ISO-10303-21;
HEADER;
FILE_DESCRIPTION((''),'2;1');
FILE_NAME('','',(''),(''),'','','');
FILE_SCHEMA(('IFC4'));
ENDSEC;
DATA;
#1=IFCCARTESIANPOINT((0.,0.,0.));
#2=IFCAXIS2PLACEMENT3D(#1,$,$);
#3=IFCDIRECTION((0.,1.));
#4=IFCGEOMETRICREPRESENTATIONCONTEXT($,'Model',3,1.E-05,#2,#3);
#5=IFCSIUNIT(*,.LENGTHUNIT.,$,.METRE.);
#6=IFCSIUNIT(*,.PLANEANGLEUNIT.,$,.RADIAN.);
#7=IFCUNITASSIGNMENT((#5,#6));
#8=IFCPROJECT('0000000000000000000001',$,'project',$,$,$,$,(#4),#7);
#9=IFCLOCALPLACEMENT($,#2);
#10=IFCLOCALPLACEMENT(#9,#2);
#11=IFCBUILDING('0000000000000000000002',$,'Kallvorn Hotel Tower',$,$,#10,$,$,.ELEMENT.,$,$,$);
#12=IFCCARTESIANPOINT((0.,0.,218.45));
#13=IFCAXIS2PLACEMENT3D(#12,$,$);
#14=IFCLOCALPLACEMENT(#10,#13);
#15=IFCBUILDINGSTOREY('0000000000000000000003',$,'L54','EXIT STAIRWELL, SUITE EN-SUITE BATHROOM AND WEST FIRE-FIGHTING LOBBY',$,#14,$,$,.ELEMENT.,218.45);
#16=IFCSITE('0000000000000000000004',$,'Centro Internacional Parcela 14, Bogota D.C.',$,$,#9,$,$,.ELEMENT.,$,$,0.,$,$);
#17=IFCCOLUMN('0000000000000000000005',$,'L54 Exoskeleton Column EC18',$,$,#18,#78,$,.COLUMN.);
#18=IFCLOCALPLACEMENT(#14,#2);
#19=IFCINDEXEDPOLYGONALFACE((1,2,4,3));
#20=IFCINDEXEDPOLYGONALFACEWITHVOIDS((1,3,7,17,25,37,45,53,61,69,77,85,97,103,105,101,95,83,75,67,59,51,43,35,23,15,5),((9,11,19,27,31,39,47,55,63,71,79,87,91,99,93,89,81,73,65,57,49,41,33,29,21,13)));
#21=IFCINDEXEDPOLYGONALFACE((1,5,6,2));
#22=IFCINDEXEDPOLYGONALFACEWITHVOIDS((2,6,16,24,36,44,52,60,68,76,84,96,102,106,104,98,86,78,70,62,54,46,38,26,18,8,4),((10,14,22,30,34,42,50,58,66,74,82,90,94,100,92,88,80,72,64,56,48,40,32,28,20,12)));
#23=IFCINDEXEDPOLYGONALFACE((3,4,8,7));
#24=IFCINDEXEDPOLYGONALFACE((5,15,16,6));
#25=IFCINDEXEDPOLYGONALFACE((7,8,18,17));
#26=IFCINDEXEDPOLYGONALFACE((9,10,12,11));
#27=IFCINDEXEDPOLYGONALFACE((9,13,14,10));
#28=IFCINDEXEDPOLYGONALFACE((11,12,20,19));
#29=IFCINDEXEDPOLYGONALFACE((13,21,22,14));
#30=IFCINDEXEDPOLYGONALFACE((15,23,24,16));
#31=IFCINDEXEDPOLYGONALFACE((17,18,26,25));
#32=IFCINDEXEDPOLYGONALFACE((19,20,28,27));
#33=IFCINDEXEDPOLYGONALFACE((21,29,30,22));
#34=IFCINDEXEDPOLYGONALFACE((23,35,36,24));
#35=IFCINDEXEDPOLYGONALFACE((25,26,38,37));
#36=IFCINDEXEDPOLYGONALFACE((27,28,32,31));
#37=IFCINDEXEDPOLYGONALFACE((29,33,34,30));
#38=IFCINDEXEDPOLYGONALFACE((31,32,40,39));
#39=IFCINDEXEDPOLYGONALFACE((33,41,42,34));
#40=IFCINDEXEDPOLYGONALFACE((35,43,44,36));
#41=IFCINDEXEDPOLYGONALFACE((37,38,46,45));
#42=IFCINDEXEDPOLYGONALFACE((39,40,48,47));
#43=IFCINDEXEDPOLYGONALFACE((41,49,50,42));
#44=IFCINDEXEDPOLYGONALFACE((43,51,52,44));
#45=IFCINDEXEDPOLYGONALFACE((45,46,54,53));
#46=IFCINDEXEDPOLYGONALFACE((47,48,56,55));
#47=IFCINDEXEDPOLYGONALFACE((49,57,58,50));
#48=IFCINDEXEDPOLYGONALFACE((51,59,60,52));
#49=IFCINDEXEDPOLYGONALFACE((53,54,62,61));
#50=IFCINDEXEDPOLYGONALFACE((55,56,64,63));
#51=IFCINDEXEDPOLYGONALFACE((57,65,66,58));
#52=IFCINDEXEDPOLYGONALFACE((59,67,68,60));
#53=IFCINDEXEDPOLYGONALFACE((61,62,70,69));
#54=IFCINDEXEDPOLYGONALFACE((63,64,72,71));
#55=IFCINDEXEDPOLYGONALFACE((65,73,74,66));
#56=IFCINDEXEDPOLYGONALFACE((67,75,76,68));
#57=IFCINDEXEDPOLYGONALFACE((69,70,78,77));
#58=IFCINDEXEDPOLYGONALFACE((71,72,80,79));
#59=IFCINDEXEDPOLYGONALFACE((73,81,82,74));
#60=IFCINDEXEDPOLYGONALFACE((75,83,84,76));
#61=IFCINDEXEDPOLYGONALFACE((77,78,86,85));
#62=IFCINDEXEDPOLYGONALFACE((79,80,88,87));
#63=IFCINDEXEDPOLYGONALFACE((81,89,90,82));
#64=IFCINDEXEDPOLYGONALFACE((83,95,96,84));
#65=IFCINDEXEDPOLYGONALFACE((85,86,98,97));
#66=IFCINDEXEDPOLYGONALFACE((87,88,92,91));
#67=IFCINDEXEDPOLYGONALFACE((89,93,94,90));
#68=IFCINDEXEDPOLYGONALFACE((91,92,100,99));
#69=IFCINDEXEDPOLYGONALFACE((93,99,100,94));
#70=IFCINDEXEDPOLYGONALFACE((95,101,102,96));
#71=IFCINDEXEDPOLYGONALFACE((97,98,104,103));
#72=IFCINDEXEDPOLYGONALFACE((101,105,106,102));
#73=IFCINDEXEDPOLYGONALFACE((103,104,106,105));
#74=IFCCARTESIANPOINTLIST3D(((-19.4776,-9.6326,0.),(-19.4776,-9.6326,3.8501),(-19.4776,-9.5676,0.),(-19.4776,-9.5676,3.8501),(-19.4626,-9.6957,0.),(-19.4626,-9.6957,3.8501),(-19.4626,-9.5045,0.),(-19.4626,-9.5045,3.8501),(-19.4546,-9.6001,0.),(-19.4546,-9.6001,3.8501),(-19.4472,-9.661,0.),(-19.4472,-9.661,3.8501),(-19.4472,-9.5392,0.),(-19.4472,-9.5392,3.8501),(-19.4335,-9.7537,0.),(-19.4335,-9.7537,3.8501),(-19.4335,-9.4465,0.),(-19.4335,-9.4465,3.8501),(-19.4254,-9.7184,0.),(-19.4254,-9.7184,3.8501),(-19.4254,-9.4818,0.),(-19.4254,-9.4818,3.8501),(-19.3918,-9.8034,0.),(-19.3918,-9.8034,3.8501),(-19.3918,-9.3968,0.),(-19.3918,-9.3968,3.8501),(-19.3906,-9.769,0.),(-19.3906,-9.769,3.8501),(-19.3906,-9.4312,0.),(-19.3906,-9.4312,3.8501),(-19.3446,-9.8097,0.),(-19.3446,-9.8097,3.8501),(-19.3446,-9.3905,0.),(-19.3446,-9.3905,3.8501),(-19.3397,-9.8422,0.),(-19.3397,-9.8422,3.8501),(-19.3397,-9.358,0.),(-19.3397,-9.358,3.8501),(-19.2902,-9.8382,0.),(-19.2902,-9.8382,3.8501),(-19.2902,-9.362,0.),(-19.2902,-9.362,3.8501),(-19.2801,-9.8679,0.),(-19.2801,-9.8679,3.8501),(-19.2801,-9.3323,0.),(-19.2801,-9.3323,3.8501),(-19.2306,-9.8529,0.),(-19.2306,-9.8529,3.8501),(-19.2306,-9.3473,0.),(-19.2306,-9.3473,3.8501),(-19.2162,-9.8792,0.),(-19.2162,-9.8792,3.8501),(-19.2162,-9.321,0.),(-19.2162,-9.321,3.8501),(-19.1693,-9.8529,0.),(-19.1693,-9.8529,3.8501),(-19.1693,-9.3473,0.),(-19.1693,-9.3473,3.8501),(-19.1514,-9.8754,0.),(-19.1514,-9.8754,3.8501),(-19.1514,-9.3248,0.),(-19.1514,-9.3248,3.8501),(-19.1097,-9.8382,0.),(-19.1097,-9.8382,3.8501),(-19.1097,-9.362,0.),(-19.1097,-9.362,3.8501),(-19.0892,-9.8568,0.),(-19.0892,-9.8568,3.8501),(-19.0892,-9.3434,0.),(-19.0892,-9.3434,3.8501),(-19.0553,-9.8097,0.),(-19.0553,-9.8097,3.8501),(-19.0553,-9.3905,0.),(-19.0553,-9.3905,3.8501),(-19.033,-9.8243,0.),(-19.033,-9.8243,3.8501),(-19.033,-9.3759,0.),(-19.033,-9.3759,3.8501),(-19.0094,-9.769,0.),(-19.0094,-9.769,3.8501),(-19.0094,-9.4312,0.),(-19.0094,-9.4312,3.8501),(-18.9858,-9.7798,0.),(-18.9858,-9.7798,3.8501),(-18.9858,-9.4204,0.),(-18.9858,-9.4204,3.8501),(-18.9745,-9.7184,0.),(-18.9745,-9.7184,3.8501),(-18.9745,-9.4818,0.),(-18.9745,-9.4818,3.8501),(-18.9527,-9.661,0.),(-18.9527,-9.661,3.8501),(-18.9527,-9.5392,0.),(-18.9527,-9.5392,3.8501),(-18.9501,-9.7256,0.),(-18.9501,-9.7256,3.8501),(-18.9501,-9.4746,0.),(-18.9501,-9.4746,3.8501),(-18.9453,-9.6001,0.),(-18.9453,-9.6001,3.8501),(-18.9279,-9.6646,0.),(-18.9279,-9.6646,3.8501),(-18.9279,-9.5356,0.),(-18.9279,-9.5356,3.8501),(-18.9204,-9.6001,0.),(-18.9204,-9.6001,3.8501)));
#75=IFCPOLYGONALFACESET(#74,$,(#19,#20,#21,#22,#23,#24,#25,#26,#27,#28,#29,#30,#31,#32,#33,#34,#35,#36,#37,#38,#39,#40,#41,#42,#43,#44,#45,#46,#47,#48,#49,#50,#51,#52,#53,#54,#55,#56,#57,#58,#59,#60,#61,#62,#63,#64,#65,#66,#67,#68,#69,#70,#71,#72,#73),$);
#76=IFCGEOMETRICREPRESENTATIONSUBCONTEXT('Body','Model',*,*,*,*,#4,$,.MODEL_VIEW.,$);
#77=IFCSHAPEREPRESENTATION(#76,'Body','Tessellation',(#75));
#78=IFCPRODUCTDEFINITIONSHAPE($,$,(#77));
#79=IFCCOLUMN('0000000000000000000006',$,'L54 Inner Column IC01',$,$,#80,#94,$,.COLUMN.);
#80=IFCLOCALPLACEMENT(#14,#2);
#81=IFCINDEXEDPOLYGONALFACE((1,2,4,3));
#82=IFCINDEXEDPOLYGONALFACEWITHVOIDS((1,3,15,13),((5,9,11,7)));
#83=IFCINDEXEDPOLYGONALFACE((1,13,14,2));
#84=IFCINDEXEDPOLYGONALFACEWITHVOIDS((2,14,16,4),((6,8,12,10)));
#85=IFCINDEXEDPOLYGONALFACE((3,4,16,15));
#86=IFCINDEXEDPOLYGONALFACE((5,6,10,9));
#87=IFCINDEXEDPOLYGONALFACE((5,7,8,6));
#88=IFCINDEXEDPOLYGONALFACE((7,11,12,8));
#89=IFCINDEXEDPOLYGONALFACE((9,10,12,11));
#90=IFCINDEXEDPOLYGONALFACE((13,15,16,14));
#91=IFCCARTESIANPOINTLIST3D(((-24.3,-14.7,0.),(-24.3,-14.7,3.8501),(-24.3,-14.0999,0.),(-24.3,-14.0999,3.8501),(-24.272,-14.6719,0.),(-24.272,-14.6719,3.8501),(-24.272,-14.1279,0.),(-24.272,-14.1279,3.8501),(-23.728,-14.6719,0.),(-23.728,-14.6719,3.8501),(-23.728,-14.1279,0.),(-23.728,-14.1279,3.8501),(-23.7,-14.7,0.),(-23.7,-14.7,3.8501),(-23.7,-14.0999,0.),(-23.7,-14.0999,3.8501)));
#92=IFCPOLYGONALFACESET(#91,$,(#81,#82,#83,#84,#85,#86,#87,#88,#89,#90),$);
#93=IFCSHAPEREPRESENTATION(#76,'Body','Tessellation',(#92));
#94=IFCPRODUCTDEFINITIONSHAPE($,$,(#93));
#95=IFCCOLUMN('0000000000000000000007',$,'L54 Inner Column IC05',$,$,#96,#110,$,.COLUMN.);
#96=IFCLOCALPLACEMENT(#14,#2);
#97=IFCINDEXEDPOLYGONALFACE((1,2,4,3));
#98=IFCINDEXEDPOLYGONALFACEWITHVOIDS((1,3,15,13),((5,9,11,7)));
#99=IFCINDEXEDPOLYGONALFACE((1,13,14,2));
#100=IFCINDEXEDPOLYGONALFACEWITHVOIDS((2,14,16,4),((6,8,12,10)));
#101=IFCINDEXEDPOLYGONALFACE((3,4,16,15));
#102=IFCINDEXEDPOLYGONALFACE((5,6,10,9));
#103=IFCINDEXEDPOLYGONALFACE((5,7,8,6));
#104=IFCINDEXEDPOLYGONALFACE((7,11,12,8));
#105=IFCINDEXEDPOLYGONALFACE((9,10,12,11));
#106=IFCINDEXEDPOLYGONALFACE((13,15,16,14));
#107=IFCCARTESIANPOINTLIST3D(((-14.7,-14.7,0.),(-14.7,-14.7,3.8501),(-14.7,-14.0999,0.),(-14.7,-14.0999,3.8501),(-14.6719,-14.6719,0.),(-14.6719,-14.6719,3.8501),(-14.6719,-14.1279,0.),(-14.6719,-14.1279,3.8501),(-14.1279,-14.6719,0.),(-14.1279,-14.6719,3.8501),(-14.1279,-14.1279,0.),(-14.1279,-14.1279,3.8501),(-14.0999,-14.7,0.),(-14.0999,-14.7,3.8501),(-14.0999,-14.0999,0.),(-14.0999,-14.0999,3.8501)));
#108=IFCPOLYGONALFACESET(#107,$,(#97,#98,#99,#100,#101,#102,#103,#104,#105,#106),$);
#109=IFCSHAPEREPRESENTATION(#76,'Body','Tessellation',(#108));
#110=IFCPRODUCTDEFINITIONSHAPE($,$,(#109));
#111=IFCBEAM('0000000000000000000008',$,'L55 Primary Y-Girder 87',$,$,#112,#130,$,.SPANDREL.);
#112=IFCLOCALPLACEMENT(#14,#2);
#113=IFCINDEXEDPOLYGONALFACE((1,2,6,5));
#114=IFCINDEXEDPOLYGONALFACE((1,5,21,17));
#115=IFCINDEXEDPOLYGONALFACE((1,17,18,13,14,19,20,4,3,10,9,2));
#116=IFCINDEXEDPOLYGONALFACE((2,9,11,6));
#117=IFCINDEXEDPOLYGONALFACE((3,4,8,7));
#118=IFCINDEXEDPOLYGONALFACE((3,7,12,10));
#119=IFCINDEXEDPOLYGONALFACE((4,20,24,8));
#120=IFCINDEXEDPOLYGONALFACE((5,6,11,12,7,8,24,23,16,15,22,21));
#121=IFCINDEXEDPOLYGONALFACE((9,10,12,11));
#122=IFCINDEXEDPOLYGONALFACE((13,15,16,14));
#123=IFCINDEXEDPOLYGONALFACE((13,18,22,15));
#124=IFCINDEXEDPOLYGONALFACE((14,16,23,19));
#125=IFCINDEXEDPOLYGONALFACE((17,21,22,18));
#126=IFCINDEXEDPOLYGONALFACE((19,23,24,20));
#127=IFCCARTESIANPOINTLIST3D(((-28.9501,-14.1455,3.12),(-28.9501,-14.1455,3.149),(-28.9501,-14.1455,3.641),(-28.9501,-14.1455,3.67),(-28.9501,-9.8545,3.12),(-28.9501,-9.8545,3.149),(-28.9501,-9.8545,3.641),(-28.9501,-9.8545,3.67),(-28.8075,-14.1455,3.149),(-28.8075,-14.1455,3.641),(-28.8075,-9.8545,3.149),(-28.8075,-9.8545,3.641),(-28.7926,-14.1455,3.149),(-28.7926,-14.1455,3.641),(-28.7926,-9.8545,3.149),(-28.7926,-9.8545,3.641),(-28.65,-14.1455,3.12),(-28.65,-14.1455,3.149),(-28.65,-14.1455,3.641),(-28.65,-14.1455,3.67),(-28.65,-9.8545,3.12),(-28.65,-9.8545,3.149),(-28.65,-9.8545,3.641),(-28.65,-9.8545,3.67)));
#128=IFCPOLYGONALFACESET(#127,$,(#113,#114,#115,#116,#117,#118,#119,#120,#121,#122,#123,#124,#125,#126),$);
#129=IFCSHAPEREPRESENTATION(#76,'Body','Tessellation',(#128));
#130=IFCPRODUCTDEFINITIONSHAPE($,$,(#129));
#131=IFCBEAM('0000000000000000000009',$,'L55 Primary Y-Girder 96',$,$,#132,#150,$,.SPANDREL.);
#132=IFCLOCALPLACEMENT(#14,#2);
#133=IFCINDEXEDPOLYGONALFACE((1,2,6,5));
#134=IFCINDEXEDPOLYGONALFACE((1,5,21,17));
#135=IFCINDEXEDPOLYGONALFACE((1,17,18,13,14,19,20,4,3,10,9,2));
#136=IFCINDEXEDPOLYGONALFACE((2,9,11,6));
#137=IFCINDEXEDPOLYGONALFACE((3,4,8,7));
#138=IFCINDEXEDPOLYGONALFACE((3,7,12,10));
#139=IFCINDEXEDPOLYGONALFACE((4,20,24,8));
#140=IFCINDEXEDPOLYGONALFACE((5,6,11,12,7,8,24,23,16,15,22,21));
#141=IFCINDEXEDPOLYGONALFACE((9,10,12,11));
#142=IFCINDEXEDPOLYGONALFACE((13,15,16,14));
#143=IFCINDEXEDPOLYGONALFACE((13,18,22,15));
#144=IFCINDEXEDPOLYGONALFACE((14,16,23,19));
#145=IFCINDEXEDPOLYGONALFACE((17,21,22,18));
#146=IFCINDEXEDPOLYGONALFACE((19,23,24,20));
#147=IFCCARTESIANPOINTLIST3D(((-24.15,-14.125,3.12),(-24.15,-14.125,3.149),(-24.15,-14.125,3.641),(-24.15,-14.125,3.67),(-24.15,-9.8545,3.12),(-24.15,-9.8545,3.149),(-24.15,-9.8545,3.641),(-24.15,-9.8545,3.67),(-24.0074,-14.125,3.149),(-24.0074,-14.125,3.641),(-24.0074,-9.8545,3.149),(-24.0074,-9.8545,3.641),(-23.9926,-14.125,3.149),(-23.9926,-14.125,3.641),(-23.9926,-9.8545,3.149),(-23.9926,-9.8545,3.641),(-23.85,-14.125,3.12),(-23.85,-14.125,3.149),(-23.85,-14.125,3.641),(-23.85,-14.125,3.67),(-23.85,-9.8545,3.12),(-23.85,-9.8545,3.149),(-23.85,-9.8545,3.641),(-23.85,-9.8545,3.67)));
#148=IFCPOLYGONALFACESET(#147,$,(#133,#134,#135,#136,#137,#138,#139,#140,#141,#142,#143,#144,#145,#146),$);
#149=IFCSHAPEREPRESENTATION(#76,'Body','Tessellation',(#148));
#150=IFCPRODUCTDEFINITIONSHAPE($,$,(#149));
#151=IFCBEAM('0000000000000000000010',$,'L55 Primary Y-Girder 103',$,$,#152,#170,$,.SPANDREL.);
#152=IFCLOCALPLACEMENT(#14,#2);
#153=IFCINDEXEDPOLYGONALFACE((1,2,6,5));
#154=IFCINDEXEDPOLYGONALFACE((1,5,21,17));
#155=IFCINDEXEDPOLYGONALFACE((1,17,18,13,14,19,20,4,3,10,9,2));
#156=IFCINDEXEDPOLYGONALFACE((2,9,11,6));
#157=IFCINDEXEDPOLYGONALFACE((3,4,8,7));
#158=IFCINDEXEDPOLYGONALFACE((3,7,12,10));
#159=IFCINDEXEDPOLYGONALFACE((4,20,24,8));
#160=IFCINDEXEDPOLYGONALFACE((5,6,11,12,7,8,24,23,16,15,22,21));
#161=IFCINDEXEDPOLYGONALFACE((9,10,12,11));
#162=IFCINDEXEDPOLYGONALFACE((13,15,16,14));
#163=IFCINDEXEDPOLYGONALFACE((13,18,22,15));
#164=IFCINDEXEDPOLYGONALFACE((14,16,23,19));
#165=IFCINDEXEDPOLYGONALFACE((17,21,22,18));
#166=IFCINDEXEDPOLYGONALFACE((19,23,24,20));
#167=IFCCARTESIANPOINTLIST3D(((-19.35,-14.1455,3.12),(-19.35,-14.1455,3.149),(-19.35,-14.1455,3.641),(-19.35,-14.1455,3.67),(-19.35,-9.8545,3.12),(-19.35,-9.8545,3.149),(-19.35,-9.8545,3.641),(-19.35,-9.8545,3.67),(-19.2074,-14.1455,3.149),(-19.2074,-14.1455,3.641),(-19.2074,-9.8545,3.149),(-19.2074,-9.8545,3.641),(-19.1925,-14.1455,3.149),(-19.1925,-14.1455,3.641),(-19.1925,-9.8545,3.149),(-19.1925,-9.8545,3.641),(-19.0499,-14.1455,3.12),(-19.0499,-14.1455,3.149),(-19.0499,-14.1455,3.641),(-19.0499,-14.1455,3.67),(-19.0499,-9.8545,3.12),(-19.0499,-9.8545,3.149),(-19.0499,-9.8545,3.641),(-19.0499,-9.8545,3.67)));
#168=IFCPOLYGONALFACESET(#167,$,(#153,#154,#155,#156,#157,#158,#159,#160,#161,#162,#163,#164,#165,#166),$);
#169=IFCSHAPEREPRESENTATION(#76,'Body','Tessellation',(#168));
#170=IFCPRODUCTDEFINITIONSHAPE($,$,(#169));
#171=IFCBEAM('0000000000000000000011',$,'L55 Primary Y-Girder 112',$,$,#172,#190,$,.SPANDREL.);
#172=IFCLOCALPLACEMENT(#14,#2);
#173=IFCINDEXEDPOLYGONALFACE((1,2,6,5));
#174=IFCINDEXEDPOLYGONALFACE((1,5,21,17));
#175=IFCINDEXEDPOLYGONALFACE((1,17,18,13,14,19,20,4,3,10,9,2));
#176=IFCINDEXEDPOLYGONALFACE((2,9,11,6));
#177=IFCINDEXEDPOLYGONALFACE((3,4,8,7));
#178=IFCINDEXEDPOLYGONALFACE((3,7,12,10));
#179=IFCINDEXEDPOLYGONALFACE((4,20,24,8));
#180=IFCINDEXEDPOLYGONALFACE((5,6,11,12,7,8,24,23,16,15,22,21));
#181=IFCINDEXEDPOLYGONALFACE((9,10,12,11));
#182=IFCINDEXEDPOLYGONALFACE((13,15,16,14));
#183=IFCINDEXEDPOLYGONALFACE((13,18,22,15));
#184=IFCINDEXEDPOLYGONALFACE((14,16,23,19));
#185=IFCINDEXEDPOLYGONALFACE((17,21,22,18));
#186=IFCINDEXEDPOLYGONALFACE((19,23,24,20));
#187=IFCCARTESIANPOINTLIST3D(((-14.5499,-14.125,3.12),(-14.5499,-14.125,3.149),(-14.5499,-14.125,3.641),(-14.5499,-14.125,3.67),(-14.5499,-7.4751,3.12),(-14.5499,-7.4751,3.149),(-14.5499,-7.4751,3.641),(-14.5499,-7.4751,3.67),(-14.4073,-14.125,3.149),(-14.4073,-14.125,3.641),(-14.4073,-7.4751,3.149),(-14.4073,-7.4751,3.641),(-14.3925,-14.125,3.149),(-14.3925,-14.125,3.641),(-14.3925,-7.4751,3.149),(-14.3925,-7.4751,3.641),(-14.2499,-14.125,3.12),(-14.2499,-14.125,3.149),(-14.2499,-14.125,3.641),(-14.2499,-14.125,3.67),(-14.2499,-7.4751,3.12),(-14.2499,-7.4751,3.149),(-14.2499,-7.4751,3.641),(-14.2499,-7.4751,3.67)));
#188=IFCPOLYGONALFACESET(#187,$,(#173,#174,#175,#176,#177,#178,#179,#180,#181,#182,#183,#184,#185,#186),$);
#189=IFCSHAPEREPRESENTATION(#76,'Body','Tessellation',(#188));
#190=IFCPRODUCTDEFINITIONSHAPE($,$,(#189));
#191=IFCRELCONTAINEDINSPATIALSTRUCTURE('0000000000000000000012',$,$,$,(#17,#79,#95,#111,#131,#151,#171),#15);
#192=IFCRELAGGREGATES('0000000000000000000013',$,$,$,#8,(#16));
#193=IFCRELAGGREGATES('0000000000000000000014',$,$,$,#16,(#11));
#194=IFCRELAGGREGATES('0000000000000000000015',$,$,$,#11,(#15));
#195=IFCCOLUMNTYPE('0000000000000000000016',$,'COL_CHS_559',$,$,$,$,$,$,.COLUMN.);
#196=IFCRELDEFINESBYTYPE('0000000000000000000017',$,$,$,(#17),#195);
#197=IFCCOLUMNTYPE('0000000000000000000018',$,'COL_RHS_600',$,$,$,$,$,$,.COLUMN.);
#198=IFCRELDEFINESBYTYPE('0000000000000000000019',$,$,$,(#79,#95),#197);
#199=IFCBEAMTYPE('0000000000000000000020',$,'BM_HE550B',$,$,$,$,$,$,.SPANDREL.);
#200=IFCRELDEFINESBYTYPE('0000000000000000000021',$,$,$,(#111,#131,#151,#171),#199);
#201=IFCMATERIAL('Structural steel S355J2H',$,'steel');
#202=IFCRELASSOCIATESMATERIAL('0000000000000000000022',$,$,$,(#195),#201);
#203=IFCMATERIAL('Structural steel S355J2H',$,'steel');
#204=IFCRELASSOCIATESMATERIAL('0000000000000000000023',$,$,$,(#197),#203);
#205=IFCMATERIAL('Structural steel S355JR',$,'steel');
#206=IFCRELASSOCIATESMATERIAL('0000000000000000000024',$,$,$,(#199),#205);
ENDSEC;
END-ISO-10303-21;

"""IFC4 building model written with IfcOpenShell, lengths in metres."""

from ifc_helpers import new_model, si_unit, direction, frame, origin, origin_2d, place, context, subcontext, project, spatial, hollow_rectangle, hollow_circle, i_section, extrude, material, material_profile, profile_set, type_object, element, save


model = new_model("IFC4")

# Units and contexts
model_context = context("Model", 3, precision=1e-05, world=origin(), true_north=direction((0.0, 1.0)))
body_context = subcontext(model_context, "Body", "Model", "MODEL_VIEW")
ifc_project = project(units=[si_unit("LENGTHUNIT", "METRE"), si_unit("PLANEANGLEUNIT", "RADIAN")], contexts=[model_context])

# Site, building, storey
site_placement = place(None, origin())
site = spatial("IfcSite", under=ifc_project, at=site_placement, Name="Centro Internacional Parcela 14, Bogota D.C.", CompositionType="ELEMENT", RefElevation=0.0)
building_placement = place(site_placement, origin())
building = spatial("IfcBuilding", under=site, at=building_placement, Name="Kallvorn Hotel Tower", CompositionType="ELEMENT")
storey_placement = place(building_placement, frame((0.0, 0.0, 218.45)))
storey = spatial("IfcBuildingStorey", under=building, at=storey_placement, Name="L54", Description="EXIT STAIRWELL, SUITE EN-SUITE BATHROOM AND WEST FIRE-FIGHTING LOBBY", CompositionType="ELEMENT", Elevation=218.45)

# Columns
ifc_material_1 = material(Name="Structural steel S355J2H", Category="steel")
ifc_material_profile_1 = material_profile(ifc_material_1, hollow_circle(Radius=0.2795, WallThickness=0.0249, at=origin_2d()), Name="CHS 559x25")
ifc_profile_set_1 = profile_set([ifc_material_profile_1], Name="Structural steel S355J2H")
column_type_1 = type_object("IfcColumnType", Name="COL_CHS_559", PredefinedType="COLUMN", material=ifc_profile_set_1)
for number, where, z_axis, x_axis, name in (
    (1, (-19.2, -9.6001, 0.0), (0.0, 0.0, 1.0), (1.0, 0.0, 0.0), "L54 Exoskeleton Column EC18"),
):
    element("IfcColumn", number, at=place(storey_placement, frame(where, z_axis=z_axis, x_axis=x_axis)), inside=storey, type_object=column_type_1, Name=name, PredefinedType="COLUMN", context=body_context, shape_type="SweptSolid", body=[
        extrude(hollow_circle(Radius=0.2795, WallThickness=0.0249, at=origin_2d()), origin(), (0.0, 0.0, 1.0), 3.8501),
    ])
ifc_material_2 = material(Name="Structural steel S355J2H", Category="steel")
ifc_material_profile_2 = material_profile(ifc_material_2, hollow_rectangle(XDim=0.6001, YDim=0.6001, WallThickness=0.0281, at=origin_2d()), Name="RHS 600x600x28")
ifc_profile_set_2 = profile_set([ifc_material_profile_2], Name="Structural steel S355J2H")
column_type_2 = type_object("IfcColumnType", Name="COL_RHS_600", PredefinedType="COLUMN", material=ifc_profile_set_2)
for number, where, z_axis, x_axis, name in (
    (2, (-24.0, -14.3999, 0.0), (0.0, 0.0, 1.0), (1.0, 0.0, 0.0), "L54 Inner Column IC01"),
    (3, (-14.3999, -14.3999, 0.0), (0.0, 0.0, 1.0), (1.0, 0.0, 0.0), "L54 Inner Column IC05"),
):
    element("IfcColumn", number, at=place(storey_placement, frame(where, z_axis=z_axis, x_axis=x_axis)), inside=storey, type_object=column_type_2, Name=name, PredefinedType="COLUMN", context=body_context, shape_type="SweptSolid", body=[
        extrude(hollow_rectangle(XDim=0.6001, YDim=0.6001, WallThickness=0.0281, at=origin_2d()), origin(), (0.0, 0.0, 1.0), 3.8501),
    ])

# Beams
ifc_material_3 = material(Name="Structural steel S355JR", Category="steel")
ifc_material_profile_3 = material_profile(ifc_material_3, i_section(OverallWidth=0.3, OverallDepth=0.55, WebThickness=0.0149, FlangeThickness=0.0291, at=origin_2d()), Name="HE 550 B")
ifc_profile_set_3 = profile_set([ifc_material_profile_3], Name="Structural steel S355JR")
beam_type_1 = type_object("IfcBeamType", Name="BM_HE550B", PredefinedType="SPANDREL", material=ifc_profile_set_3)
beam_1_placement = place(storey_placement, frame((-28.8, -14.1455, 3.395), z_axis=(0.0, 1.0, 0.0), x_axis=(-1.0, 0.0, 0.0)))
element("IfcBeam", 4, at=beam_1_placement, inside=storey, type_object=beam_type_1, Name="L55 Primary Y-Girder 87", PredefinedType="SPANDREL", context=body_context, shape_type="SweptSolid", body=[
    extrude(i_section(OverallWidth=0.3, OverallDepth=0.55, WebThickness=0.0149, FlangeThickness=0.0291, at=origin_2d()), origin(), (0.0, 0.0, 1.0), 4.291),
])
beam_2_placement = place(storey_placement, frame((-24.0, -14.125, 3.395), z_axis=(0.0, 1.0, 0.0), x_axis=(-1.0, 0.0, 0.0)))
element("IfcBeam", 5, at=beam_2_placement, inside=storey, type_object=beam_type_1, Name="L55 Primary Y-Girder 96", PredefinedType="SPANDREL", context=body_context, shape_type="SweptSolid", body=[
    extrude(i_section(OverallWidth=0.3, OverallDepth=0.55, WebThickness=0.0149, FlangeThickness=0.0291, at=origin_2d()), origin(), (0.0, 0.0, 1.0), 4.2705),
])
beam_3_placement = place(storey_placement, frame((-19.2, -14.1455, 3.395), z_axis=(0.0, 1.0, 0.0), x_axis=(-1.0, 0.0, 0.0)))
element("IfcBeam", 6, at=beam_3_placement, inside=storey, type_object=beam_type_1, Name="L55 Primary Y-Girder 103", PredefinedType="SPANDREL", context=body_context, shape_type="SweptSolid", body=[
    extrude(i_section(OverallWidth=0.3, OverallDepth=0.55, WebThickness=0.0149, FlangeThickness=0.0291, at=origin_2d()), origin(), (0.0, 0.0, 1.0), 4.291),
])
beam_4_placement = place(storey_placement, frame((-14.3999, -14.125, 3.395), z_axis=(0.0, 1.0, 0.0), x_axis=(-1.0, 0.0, 0.0)))
element("IfcBeam", 7, at=beam_4_placement, inside=storey, type_object=beam_type_1, Name="L55 Primary Y-Girder 112", PredefinedType="SPANDREL", context=body_context, shape_type="SweptSolid", body=[
    extrude(i_section(OverallWidth=0.3, OverallDepth=0.55, WebThickness=0.0149, FlangeThickness=0.0291, at=origin_2d()), origin(), (0.0, 0.0, 1.0), 6.6499),
])

save(model, "model.ifc")
